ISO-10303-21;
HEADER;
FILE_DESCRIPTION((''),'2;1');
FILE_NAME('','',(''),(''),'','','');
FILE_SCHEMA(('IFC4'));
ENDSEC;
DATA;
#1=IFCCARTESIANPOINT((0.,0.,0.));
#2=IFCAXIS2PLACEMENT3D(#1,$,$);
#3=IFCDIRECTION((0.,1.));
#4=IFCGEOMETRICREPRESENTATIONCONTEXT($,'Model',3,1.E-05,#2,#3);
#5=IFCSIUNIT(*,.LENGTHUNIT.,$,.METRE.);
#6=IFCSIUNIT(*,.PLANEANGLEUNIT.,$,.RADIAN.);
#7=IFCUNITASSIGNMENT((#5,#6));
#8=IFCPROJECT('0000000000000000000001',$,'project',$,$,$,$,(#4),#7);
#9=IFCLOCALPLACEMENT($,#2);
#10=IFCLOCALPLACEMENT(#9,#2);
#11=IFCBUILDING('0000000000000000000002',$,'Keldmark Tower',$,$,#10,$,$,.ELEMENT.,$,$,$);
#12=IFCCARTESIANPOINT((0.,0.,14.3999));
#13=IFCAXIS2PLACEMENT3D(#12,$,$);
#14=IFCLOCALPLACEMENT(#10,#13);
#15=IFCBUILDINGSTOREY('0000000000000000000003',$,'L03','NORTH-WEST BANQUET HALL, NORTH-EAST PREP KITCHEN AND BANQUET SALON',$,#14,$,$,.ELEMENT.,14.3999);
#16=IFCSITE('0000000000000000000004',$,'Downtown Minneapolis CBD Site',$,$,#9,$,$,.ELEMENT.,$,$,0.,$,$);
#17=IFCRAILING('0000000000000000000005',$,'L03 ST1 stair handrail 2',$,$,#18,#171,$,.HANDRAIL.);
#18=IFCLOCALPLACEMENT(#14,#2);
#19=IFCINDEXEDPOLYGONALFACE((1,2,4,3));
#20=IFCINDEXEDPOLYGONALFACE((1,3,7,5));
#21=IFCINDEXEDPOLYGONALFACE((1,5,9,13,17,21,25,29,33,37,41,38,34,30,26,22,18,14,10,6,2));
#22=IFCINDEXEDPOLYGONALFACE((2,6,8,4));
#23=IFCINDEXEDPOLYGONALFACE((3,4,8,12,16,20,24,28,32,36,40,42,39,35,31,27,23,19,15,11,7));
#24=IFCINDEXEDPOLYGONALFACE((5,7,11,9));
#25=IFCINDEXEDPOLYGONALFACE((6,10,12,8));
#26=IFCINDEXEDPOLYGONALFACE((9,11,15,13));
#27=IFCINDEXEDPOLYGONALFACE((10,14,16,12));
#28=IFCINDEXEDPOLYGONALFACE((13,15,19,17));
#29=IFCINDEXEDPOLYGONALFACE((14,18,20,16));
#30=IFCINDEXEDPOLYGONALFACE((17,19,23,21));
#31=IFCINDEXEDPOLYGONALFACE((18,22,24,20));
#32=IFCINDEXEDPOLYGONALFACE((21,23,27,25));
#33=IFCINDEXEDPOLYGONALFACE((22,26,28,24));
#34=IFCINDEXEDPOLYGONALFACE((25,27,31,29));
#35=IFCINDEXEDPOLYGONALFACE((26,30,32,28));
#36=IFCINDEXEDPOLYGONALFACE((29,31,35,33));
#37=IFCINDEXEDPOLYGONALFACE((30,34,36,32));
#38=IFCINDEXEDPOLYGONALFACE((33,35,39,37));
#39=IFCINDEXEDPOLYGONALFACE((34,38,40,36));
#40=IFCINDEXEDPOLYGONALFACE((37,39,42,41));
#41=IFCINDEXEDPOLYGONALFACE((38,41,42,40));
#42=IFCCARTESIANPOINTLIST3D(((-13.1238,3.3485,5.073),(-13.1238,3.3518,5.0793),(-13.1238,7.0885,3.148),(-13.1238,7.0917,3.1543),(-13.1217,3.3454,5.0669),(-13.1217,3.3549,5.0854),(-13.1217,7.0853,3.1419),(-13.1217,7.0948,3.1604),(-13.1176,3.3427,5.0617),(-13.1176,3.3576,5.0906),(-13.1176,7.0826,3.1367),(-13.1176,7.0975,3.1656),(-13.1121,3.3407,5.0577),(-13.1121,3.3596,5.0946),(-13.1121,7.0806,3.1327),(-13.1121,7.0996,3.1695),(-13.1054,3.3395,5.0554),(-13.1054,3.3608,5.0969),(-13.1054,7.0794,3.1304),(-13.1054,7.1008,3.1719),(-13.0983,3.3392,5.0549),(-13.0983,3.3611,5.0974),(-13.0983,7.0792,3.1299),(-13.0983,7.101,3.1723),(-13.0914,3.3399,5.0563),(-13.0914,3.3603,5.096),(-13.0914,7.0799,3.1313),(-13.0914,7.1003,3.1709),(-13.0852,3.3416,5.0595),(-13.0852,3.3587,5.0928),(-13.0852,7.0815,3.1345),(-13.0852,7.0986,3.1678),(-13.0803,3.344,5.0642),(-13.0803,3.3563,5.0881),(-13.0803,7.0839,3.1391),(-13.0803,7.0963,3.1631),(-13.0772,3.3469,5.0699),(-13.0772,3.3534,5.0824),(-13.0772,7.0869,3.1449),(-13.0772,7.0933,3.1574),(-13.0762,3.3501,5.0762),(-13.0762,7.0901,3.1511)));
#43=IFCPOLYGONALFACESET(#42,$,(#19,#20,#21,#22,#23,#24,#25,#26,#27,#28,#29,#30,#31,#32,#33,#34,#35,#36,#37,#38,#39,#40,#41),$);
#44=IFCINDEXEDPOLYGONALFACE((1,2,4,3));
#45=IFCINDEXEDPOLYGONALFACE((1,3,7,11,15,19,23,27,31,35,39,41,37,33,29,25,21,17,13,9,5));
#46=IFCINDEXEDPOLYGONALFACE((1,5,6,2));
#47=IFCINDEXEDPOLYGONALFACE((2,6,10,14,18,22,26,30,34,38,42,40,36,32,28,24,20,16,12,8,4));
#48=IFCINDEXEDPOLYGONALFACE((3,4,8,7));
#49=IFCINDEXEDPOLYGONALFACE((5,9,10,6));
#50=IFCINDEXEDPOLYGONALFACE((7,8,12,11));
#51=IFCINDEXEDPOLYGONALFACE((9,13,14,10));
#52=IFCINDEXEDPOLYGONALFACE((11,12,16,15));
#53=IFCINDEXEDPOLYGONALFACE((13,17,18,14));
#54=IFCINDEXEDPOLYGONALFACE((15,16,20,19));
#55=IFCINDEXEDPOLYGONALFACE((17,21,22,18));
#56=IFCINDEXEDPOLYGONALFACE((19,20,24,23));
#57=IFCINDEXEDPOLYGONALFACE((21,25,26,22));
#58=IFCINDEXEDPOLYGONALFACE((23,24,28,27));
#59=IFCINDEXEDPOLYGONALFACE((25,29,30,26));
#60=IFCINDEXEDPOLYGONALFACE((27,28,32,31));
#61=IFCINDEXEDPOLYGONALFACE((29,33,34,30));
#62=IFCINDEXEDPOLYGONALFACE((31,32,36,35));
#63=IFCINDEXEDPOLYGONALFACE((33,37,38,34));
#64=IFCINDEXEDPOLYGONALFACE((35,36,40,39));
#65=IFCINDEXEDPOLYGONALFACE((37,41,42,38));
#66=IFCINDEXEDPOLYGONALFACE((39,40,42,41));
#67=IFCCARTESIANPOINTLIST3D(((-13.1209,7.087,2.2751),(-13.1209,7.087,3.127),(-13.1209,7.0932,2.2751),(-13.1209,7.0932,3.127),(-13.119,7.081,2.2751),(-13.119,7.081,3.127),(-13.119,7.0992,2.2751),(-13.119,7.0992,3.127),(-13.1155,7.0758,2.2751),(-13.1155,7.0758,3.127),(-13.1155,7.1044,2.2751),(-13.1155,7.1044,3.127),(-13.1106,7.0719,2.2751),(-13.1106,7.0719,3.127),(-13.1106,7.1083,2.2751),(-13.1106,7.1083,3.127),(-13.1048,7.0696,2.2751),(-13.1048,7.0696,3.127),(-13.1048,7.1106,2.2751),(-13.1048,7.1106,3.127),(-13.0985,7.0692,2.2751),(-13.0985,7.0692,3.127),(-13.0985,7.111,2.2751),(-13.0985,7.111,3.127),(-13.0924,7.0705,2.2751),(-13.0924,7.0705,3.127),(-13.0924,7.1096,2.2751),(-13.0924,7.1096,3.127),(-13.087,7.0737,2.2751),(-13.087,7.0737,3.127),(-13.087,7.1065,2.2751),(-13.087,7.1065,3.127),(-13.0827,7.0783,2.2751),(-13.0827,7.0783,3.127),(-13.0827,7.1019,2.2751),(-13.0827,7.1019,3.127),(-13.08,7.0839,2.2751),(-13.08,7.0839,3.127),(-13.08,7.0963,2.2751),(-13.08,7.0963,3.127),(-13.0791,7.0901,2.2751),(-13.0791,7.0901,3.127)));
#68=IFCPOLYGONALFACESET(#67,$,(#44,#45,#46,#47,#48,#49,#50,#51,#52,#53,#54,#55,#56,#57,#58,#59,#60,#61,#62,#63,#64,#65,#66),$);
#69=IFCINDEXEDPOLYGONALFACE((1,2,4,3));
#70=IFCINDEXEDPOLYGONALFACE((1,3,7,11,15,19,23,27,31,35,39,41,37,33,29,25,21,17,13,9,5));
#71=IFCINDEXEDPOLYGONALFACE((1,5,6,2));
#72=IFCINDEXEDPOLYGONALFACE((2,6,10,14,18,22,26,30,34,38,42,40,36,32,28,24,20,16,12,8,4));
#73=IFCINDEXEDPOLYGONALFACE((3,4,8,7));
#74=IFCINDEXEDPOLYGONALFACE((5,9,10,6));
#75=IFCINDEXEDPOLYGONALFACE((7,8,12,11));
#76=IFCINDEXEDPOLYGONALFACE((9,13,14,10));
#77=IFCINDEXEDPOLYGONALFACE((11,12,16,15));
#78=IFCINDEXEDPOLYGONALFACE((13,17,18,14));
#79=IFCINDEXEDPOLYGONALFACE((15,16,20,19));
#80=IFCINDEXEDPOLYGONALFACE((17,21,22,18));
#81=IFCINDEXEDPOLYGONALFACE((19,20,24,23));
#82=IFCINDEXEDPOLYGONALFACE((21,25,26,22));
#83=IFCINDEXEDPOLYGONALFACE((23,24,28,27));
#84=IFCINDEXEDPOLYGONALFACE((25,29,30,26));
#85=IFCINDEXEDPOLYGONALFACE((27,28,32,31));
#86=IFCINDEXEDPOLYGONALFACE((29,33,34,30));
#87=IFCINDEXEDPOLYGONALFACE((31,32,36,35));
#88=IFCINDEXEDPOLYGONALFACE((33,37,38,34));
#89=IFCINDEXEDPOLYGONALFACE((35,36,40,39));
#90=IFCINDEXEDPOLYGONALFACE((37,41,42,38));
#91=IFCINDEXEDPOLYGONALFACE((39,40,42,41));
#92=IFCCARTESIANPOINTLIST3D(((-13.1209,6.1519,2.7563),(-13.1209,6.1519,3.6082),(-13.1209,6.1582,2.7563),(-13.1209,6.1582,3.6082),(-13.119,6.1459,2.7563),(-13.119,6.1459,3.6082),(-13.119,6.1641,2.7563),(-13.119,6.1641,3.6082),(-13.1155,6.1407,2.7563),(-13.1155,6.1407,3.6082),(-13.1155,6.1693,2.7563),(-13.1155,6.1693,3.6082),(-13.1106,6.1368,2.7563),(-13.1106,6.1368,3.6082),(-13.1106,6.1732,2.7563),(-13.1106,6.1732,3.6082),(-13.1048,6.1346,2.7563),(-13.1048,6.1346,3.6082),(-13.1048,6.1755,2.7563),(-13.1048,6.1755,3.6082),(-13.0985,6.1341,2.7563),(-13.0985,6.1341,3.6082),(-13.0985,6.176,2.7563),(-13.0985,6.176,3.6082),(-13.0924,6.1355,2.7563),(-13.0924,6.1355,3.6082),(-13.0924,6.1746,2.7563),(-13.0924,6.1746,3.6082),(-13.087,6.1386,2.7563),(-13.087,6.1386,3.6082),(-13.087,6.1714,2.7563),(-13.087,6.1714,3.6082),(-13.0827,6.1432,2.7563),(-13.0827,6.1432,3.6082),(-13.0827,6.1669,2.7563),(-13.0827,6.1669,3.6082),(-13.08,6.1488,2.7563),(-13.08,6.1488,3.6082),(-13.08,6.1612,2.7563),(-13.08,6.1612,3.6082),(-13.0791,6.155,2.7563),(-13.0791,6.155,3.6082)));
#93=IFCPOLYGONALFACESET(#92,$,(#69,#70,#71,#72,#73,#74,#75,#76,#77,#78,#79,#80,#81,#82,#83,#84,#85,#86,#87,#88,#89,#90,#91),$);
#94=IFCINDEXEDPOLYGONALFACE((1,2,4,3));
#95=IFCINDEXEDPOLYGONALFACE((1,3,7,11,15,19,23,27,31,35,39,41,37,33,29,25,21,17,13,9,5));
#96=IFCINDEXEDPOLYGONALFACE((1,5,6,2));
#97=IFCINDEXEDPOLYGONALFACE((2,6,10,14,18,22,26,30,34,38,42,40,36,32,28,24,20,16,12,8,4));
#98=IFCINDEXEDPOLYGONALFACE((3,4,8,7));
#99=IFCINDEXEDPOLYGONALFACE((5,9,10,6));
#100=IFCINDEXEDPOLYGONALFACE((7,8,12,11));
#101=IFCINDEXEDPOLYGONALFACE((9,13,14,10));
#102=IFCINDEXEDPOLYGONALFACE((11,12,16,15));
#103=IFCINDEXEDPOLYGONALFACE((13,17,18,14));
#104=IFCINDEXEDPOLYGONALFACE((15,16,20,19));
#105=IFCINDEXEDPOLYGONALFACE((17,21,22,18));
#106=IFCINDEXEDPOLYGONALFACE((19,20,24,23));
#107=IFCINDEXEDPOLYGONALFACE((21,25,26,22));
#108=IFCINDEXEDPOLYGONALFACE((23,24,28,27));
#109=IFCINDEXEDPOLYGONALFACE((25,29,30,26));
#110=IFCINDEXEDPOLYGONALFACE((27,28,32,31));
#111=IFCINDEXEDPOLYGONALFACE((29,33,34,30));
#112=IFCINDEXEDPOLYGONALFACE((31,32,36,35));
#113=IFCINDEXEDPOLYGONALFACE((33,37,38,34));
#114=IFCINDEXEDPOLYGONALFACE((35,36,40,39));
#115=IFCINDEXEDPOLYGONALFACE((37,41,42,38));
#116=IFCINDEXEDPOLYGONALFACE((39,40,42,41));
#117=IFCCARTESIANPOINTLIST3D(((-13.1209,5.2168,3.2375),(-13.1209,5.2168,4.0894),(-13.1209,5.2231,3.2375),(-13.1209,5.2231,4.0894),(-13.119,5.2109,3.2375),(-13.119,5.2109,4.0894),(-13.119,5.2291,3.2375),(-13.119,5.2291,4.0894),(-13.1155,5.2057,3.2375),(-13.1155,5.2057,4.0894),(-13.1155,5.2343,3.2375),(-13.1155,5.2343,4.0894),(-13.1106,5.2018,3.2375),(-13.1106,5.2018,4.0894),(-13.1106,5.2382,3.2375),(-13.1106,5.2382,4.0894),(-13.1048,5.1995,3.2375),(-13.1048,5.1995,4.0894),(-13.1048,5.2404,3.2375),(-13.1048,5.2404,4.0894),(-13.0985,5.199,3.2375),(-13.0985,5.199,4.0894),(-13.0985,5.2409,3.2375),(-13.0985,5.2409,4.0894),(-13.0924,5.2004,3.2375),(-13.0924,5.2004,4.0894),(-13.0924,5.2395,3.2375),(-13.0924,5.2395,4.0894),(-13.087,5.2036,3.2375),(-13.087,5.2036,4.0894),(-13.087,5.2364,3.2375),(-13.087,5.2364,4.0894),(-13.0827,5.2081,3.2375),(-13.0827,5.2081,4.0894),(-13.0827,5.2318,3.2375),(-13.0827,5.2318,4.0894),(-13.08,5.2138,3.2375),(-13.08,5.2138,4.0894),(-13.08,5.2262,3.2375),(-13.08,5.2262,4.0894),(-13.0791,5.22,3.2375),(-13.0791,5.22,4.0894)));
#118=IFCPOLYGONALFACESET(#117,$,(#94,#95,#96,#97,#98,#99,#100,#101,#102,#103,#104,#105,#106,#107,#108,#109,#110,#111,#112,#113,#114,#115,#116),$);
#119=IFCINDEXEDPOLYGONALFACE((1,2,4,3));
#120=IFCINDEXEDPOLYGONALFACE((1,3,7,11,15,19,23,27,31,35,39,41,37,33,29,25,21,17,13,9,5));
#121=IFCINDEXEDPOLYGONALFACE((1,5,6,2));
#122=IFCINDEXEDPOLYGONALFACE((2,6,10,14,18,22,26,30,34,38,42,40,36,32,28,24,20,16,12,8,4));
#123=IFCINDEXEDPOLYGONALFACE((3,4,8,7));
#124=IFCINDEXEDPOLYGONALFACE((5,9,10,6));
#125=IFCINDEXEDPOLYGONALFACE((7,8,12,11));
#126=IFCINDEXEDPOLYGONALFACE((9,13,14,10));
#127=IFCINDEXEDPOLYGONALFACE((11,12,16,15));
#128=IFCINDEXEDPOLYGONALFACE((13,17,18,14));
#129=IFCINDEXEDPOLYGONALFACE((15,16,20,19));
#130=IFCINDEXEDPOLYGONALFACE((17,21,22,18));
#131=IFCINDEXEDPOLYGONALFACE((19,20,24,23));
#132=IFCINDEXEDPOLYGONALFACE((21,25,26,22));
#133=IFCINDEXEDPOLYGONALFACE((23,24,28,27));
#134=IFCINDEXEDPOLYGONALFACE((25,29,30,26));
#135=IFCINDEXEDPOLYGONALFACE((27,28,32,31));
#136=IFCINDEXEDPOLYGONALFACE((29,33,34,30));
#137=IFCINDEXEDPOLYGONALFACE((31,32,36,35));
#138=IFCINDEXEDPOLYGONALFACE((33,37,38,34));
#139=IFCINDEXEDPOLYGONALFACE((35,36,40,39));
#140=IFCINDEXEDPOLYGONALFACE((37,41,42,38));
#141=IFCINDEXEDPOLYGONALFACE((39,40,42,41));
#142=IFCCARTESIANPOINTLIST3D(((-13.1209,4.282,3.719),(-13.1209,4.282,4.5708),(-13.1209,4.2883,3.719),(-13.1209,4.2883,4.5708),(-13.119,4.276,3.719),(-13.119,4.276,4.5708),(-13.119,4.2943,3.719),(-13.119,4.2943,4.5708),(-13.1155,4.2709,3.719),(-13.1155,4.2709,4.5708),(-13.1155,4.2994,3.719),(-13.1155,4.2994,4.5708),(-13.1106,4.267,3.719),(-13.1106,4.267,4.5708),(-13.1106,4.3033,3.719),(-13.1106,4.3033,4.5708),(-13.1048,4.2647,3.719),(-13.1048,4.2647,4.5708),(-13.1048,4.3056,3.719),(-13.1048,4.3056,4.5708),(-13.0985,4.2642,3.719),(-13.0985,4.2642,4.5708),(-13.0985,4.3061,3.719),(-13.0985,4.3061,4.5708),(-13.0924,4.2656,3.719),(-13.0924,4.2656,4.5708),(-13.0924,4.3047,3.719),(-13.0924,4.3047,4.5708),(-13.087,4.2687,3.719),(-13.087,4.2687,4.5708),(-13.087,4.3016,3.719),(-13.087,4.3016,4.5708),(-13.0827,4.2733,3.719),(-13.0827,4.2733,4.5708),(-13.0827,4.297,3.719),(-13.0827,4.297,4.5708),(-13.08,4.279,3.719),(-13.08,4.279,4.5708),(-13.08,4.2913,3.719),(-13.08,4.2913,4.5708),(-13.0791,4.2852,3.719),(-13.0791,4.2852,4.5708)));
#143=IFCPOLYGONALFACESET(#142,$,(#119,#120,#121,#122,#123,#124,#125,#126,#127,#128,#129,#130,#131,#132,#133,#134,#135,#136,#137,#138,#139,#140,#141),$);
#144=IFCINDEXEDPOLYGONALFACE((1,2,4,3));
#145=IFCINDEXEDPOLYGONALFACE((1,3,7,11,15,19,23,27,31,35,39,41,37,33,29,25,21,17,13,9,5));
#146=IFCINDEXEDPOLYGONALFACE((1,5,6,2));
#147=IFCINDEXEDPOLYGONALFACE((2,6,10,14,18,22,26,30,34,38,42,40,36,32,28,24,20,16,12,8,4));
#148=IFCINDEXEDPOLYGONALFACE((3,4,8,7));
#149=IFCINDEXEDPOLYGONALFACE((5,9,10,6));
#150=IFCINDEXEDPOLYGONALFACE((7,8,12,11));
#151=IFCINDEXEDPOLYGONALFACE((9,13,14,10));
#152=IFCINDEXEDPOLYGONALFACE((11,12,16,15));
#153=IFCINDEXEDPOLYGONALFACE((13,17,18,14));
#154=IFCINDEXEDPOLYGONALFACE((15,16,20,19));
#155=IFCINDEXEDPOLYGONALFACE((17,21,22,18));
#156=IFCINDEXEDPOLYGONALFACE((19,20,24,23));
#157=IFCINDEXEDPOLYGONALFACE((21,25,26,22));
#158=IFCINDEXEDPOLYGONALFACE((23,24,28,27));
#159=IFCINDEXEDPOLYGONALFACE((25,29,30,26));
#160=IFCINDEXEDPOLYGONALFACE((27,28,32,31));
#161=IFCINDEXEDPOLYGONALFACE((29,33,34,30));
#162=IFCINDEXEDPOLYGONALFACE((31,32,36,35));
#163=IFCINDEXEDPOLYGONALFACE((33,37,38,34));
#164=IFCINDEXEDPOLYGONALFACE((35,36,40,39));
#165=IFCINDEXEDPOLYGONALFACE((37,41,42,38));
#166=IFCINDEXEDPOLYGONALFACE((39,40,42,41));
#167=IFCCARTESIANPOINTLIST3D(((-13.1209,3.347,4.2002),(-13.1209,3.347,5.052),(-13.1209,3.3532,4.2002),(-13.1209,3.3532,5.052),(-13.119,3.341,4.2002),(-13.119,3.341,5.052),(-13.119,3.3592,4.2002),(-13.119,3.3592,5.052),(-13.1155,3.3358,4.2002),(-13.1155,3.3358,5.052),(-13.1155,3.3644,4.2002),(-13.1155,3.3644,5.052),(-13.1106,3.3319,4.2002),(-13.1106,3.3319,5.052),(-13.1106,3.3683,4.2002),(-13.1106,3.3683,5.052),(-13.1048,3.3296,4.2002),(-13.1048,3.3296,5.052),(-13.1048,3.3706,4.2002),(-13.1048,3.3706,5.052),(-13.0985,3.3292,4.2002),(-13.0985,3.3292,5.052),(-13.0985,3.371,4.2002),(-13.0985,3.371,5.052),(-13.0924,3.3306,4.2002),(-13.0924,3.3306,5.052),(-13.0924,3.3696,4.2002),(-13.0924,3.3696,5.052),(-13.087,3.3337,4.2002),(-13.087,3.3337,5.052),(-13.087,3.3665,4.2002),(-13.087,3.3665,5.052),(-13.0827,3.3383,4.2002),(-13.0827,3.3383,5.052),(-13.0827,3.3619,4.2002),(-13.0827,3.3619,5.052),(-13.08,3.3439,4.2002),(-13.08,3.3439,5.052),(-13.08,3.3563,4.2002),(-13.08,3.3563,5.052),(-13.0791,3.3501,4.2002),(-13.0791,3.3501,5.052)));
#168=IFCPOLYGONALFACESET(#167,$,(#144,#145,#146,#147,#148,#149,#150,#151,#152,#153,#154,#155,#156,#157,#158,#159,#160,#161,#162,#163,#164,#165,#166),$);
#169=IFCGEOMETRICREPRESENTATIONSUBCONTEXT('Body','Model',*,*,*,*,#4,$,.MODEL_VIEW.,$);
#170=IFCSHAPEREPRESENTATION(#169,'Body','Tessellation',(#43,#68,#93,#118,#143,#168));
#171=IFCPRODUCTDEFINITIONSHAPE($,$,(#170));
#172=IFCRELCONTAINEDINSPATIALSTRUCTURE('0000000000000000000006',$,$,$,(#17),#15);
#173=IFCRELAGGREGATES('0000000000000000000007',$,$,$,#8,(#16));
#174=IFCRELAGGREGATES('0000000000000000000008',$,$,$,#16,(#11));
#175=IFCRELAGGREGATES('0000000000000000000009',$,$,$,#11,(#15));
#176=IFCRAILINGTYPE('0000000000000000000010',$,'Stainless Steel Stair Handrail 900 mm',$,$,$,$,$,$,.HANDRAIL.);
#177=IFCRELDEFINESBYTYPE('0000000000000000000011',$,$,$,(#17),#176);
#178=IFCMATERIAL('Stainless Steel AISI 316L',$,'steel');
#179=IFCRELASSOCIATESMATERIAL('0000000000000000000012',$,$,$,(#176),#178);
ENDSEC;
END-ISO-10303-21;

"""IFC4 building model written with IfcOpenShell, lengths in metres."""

from ifc_helpers import new_model, si_unit, direction, frame, origin, origin_2d, place, context, subcontext, project, spatial, circle, extrude, material, type_object, element, save


model = new_model("IFC4")

# Units and contexts
model_context = context("Model", 3, precision=1e-05, world=origin(), true_north=direction((0.0, 1.0)))
body_context = subcontext(model_context, "Body", "Model", "MODEL_VIEW")
ifc_project = project(units=[si_unit("LENGTHUNIT", "METRE"), si_unit("PLANEANGLEUNIT", "RADIAN")], contexts=[model_context])

# Site, building, storey
site_placement = place(None, origin())
site = spatial("IfcSite", under=ifc_project, at=site_placement, Name="Downtown Minneapolis CBD Site", CompositionType="ELEMENT", RefElevation=0.0)
building_placement = place(site_placement, origin())
building = spatial("IfcBuilding", under=site, at=building_placement, Name="Keldmark Tower", CompositionType="ELEMENT")
storey_placement = place(building_placement, frame((0.0, 0.0, 14.3999)))
storey = spatial("IfcBuildingStorey", under=building, at=storey_placement, Name="L03", Description="NORTH-WEST BANQUET HALL, NORTH-EAST PREP KITCHEN AND BANQUET SALON", CompositionType="ELEMENT", Elevation=14.3999)

# Railing
ifc_material_1 = material(Name="Stainless Steel AISI 316L", Category="steel")
railing_type_1 = type_object("IfcRailingType", Name="Stainless Steel Stair Handrail 900 mm", PredefinedType="HANDRAIL", material=ifc_material_1)
railing_1_placement = place(storey_placement, frame((-13.1001, 7.0901, 2.2751)))
element("IfcRailing", 1, at=railing_1_placement, inside=storey, type_object=railing_type_1, Name="L03 ST1 stair handrail 2", PredefinedType="HANDRAIL", context=body_context, shape_type="SweptSolid", body=[
    extrude(circle(Radius=0.0239, at=origin_2d()), frame((0.0, 0.0, 0.876), z_axis=(0.0, -0.889131, 0.457654), x_axis=(1.0, 0.0, 0.0)), (0.0, 0.0, 1.0), 4.2063),
    extrude(circle(Radius=0.021, at=origin_2d()), origin(), (0.0, 0.0, 1.0), 0.8518),
    extrude(circle(Radius=0.021, at=origin_2d()), frame((0.0, -0.9351, 0.4812)), (0.0, 0.0, 1.0), 0.8518),
    extrude(circle(Radius=0.021, at=origin_2d()), frame((0.0, -1.8701, 0.9624)), (0.0, 0.0, 1.0), 0.8518),
    extrude(circle(Radius=0.021, at=origin_2d()), frame((0.0, -2.8049, 1.4438)), (0.0, 0.0, 1.0), 0.8518),
    extrude(circle(Radius=0.021, at=origin_2d()), frame((0.0, -3.74, 1.925)), (0.0, 0.0, 1.0), 0.8518),
])

save(model, "model.ifc")
